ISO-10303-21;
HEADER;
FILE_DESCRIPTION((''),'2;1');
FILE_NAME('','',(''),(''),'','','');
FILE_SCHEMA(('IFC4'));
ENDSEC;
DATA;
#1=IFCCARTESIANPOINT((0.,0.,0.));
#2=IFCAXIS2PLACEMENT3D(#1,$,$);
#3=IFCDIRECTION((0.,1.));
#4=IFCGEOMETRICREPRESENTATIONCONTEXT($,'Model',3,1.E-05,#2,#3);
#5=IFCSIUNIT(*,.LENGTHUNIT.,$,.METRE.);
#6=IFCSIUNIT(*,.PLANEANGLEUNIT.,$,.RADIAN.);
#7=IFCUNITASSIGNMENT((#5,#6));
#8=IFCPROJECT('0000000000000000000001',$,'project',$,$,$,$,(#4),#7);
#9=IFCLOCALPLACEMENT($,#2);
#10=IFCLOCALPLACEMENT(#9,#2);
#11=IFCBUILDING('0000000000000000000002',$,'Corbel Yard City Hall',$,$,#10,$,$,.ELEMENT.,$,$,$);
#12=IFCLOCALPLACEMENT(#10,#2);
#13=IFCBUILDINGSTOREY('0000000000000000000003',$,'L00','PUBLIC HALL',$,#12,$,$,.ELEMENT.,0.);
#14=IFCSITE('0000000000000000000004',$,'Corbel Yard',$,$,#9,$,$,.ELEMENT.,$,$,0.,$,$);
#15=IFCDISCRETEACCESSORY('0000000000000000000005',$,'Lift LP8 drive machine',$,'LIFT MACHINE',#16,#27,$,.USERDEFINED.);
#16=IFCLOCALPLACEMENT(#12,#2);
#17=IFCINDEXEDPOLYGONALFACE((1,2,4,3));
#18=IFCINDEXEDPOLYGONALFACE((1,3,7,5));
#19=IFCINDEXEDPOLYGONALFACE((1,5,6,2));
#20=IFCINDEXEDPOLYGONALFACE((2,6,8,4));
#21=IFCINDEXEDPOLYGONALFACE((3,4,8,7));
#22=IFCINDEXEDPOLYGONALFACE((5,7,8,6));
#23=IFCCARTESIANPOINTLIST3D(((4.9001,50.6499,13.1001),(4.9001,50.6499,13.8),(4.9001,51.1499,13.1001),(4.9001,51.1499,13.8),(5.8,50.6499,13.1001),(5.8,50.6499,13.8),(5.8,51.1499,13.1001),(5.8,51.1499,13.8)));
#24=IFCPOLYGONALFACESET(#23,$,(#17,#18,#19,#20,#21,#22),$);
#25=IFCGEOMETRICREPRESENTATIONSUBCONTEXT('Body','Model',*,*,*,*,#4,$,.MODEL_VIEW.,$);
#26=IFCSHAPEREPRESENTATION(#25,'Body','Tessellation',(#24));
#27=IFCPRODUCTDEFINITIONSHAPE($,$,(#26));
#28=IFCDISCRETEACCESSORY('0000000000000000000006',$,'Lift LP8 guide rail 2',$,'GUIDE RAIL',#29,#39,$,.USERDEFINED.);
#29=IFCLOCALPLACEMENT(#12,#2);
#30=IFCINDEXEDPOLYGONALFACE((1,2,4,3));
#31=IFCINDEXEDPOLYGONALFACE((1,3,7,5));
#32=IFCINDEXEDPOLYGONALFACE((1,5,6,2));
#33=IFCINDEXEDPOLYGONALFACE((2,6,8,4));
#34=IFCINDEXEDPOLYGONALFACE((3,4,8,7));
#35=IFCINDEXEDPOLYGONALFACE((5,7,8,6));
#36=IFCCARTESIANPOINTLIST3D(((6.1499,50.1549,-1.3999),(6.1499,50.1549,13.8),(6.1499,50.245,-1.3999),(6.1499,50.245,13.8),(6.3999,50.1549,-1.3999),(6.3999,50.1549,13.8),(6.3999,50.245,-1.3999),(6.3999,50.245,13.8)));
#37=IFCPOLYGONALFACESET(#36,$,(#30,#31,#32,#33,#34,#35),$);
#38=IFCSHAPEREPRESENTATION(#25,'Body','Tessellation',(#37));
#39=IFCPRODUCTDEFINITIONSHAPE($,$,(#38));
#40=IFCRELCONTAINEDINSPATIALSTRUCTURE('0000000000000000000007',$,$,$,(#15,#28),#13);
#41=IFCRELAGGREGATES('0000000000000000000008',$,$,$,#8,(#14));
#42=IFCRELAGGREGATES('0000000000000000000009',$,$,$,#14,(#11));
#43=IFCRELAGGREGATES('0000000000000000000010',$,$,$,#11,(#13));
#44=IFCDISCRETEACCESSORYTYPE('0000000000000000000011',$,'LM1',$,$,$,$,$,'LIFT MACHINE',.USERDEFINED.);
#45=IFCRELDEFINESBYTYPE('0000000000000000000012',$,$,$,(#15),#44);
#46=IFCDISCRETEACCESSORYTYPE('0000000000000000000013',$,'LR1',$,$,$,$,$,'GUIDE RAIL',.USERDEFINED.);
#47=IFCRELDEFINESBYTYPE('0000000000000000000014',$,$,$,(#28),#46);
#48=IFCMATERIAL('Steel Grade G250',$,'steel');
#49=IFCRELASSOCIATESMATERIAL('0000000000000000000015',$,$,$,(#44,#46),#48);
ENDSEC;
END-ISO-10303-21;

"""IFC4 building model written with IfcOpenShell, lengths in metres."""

from ifc_helpers import new_model, si_unit, direction, frame, origin, origin_2d, place, context, subcontext, project, spatial, rectangle, extrude, material, type_object, element, save


model = new_model("IFC4")

# Units and contexts
model_context = context("Model", 3, precision=1e-05, world=origin(), true_north=direction((0.0, 1.0)))
body_context = subcontext(model_context, "Body", "Model", "MODEL_VIEW")
ifc_project = project(units=[si_unit("LENGTHUNIT", "METRE"), si_unit("PLANEANGLEUNIT", "RADIAN")], contexts=[model_context])

# Site, building, storey
site_placement = place(None, origin())
site = spatial("IfcSite", under=ifc_project, at=site_placement, Name="Corbel Yard", CompositionType="ELEMENT", RefElevation=0.0)
building_placement = place(site_placement, origin())
building = spatial("IfcBuilding", under=site, at=building_placement, Name="Corbel Yard City Hall", CompositionType="ELEMENT")
storey_placement = place(building_placement, origin())
storey = spatial("IfcBuildingStorey", under=building, at=storey_placement, Name="L00", Description="PUBLIC HALL", CompositionType="ELEMENT", Elevation=0.0)

# Shared definitions
ifc_material_1 = material(Name="Steel Grade G250", Category="steel")

# Discrete accessories
discrete_accessory_type_1 = type_object("IfcDiscreteAccessoryType", Name="LM1", ElementType="LIFT MACHINE", PredefinedType="USERDEFINED", material=ifc_material_1)
discrete_accessory_1_placement = place(storey_placement, frame((5.3501, 50.8999, 13.1001), z_axis=(0.0, 0.0, 1.0), x_axis=(1.0, 0.0, 0.0)))
element("IfcDiscreteAccessory", 1, at=discrete_accessory_1_placement, inside=storey, type_object=discrete_accessory_type_1, Name="Lift LP8 drive machine", ObjectType="LIFT MACHINE", PredefinedType="USERDEFINED", context=body_context, shape_type="SweptSolid", body=[
    extrude(rectangle(XDim=0.8999, YDim=0.5, at=origin_2d()), origin(), (0.0, 0.0, 1.0), 0.7),
])
discrete_accessory_type_2 = type_object("IfcDiscreteAccessoryType", Name="LR1", ElementType="GUIDE RAIL", PredefinedType="USERDEFINED", material=ifc_material_1)
discrete_accessory_2_placement = place(storey_placement, frame((6.2749, 50.2, -1.3999), z_axis=(0.0, 0.0, 1.0), x_axis=(1.0, 0.0, 0.0)))
element("IfcDiscreteAccessory", 2, at=discrete_accessory_2_placement, inside=storey, type_object=discrete_accessory_type_2, Name="Lift LP8 guide rail 2", ObjectType="GUIDE RAIL", PredefinedType="USERDEFINED", context=body_context, shape_type="SweptSolid", body=[
    extrude(rectangle(XDim=0.25, YDim=0.0901, at=origin_2d()), origin(), (0.0, 0.0, 1.0), 15.2),
])

save(model, "model.ifc")
